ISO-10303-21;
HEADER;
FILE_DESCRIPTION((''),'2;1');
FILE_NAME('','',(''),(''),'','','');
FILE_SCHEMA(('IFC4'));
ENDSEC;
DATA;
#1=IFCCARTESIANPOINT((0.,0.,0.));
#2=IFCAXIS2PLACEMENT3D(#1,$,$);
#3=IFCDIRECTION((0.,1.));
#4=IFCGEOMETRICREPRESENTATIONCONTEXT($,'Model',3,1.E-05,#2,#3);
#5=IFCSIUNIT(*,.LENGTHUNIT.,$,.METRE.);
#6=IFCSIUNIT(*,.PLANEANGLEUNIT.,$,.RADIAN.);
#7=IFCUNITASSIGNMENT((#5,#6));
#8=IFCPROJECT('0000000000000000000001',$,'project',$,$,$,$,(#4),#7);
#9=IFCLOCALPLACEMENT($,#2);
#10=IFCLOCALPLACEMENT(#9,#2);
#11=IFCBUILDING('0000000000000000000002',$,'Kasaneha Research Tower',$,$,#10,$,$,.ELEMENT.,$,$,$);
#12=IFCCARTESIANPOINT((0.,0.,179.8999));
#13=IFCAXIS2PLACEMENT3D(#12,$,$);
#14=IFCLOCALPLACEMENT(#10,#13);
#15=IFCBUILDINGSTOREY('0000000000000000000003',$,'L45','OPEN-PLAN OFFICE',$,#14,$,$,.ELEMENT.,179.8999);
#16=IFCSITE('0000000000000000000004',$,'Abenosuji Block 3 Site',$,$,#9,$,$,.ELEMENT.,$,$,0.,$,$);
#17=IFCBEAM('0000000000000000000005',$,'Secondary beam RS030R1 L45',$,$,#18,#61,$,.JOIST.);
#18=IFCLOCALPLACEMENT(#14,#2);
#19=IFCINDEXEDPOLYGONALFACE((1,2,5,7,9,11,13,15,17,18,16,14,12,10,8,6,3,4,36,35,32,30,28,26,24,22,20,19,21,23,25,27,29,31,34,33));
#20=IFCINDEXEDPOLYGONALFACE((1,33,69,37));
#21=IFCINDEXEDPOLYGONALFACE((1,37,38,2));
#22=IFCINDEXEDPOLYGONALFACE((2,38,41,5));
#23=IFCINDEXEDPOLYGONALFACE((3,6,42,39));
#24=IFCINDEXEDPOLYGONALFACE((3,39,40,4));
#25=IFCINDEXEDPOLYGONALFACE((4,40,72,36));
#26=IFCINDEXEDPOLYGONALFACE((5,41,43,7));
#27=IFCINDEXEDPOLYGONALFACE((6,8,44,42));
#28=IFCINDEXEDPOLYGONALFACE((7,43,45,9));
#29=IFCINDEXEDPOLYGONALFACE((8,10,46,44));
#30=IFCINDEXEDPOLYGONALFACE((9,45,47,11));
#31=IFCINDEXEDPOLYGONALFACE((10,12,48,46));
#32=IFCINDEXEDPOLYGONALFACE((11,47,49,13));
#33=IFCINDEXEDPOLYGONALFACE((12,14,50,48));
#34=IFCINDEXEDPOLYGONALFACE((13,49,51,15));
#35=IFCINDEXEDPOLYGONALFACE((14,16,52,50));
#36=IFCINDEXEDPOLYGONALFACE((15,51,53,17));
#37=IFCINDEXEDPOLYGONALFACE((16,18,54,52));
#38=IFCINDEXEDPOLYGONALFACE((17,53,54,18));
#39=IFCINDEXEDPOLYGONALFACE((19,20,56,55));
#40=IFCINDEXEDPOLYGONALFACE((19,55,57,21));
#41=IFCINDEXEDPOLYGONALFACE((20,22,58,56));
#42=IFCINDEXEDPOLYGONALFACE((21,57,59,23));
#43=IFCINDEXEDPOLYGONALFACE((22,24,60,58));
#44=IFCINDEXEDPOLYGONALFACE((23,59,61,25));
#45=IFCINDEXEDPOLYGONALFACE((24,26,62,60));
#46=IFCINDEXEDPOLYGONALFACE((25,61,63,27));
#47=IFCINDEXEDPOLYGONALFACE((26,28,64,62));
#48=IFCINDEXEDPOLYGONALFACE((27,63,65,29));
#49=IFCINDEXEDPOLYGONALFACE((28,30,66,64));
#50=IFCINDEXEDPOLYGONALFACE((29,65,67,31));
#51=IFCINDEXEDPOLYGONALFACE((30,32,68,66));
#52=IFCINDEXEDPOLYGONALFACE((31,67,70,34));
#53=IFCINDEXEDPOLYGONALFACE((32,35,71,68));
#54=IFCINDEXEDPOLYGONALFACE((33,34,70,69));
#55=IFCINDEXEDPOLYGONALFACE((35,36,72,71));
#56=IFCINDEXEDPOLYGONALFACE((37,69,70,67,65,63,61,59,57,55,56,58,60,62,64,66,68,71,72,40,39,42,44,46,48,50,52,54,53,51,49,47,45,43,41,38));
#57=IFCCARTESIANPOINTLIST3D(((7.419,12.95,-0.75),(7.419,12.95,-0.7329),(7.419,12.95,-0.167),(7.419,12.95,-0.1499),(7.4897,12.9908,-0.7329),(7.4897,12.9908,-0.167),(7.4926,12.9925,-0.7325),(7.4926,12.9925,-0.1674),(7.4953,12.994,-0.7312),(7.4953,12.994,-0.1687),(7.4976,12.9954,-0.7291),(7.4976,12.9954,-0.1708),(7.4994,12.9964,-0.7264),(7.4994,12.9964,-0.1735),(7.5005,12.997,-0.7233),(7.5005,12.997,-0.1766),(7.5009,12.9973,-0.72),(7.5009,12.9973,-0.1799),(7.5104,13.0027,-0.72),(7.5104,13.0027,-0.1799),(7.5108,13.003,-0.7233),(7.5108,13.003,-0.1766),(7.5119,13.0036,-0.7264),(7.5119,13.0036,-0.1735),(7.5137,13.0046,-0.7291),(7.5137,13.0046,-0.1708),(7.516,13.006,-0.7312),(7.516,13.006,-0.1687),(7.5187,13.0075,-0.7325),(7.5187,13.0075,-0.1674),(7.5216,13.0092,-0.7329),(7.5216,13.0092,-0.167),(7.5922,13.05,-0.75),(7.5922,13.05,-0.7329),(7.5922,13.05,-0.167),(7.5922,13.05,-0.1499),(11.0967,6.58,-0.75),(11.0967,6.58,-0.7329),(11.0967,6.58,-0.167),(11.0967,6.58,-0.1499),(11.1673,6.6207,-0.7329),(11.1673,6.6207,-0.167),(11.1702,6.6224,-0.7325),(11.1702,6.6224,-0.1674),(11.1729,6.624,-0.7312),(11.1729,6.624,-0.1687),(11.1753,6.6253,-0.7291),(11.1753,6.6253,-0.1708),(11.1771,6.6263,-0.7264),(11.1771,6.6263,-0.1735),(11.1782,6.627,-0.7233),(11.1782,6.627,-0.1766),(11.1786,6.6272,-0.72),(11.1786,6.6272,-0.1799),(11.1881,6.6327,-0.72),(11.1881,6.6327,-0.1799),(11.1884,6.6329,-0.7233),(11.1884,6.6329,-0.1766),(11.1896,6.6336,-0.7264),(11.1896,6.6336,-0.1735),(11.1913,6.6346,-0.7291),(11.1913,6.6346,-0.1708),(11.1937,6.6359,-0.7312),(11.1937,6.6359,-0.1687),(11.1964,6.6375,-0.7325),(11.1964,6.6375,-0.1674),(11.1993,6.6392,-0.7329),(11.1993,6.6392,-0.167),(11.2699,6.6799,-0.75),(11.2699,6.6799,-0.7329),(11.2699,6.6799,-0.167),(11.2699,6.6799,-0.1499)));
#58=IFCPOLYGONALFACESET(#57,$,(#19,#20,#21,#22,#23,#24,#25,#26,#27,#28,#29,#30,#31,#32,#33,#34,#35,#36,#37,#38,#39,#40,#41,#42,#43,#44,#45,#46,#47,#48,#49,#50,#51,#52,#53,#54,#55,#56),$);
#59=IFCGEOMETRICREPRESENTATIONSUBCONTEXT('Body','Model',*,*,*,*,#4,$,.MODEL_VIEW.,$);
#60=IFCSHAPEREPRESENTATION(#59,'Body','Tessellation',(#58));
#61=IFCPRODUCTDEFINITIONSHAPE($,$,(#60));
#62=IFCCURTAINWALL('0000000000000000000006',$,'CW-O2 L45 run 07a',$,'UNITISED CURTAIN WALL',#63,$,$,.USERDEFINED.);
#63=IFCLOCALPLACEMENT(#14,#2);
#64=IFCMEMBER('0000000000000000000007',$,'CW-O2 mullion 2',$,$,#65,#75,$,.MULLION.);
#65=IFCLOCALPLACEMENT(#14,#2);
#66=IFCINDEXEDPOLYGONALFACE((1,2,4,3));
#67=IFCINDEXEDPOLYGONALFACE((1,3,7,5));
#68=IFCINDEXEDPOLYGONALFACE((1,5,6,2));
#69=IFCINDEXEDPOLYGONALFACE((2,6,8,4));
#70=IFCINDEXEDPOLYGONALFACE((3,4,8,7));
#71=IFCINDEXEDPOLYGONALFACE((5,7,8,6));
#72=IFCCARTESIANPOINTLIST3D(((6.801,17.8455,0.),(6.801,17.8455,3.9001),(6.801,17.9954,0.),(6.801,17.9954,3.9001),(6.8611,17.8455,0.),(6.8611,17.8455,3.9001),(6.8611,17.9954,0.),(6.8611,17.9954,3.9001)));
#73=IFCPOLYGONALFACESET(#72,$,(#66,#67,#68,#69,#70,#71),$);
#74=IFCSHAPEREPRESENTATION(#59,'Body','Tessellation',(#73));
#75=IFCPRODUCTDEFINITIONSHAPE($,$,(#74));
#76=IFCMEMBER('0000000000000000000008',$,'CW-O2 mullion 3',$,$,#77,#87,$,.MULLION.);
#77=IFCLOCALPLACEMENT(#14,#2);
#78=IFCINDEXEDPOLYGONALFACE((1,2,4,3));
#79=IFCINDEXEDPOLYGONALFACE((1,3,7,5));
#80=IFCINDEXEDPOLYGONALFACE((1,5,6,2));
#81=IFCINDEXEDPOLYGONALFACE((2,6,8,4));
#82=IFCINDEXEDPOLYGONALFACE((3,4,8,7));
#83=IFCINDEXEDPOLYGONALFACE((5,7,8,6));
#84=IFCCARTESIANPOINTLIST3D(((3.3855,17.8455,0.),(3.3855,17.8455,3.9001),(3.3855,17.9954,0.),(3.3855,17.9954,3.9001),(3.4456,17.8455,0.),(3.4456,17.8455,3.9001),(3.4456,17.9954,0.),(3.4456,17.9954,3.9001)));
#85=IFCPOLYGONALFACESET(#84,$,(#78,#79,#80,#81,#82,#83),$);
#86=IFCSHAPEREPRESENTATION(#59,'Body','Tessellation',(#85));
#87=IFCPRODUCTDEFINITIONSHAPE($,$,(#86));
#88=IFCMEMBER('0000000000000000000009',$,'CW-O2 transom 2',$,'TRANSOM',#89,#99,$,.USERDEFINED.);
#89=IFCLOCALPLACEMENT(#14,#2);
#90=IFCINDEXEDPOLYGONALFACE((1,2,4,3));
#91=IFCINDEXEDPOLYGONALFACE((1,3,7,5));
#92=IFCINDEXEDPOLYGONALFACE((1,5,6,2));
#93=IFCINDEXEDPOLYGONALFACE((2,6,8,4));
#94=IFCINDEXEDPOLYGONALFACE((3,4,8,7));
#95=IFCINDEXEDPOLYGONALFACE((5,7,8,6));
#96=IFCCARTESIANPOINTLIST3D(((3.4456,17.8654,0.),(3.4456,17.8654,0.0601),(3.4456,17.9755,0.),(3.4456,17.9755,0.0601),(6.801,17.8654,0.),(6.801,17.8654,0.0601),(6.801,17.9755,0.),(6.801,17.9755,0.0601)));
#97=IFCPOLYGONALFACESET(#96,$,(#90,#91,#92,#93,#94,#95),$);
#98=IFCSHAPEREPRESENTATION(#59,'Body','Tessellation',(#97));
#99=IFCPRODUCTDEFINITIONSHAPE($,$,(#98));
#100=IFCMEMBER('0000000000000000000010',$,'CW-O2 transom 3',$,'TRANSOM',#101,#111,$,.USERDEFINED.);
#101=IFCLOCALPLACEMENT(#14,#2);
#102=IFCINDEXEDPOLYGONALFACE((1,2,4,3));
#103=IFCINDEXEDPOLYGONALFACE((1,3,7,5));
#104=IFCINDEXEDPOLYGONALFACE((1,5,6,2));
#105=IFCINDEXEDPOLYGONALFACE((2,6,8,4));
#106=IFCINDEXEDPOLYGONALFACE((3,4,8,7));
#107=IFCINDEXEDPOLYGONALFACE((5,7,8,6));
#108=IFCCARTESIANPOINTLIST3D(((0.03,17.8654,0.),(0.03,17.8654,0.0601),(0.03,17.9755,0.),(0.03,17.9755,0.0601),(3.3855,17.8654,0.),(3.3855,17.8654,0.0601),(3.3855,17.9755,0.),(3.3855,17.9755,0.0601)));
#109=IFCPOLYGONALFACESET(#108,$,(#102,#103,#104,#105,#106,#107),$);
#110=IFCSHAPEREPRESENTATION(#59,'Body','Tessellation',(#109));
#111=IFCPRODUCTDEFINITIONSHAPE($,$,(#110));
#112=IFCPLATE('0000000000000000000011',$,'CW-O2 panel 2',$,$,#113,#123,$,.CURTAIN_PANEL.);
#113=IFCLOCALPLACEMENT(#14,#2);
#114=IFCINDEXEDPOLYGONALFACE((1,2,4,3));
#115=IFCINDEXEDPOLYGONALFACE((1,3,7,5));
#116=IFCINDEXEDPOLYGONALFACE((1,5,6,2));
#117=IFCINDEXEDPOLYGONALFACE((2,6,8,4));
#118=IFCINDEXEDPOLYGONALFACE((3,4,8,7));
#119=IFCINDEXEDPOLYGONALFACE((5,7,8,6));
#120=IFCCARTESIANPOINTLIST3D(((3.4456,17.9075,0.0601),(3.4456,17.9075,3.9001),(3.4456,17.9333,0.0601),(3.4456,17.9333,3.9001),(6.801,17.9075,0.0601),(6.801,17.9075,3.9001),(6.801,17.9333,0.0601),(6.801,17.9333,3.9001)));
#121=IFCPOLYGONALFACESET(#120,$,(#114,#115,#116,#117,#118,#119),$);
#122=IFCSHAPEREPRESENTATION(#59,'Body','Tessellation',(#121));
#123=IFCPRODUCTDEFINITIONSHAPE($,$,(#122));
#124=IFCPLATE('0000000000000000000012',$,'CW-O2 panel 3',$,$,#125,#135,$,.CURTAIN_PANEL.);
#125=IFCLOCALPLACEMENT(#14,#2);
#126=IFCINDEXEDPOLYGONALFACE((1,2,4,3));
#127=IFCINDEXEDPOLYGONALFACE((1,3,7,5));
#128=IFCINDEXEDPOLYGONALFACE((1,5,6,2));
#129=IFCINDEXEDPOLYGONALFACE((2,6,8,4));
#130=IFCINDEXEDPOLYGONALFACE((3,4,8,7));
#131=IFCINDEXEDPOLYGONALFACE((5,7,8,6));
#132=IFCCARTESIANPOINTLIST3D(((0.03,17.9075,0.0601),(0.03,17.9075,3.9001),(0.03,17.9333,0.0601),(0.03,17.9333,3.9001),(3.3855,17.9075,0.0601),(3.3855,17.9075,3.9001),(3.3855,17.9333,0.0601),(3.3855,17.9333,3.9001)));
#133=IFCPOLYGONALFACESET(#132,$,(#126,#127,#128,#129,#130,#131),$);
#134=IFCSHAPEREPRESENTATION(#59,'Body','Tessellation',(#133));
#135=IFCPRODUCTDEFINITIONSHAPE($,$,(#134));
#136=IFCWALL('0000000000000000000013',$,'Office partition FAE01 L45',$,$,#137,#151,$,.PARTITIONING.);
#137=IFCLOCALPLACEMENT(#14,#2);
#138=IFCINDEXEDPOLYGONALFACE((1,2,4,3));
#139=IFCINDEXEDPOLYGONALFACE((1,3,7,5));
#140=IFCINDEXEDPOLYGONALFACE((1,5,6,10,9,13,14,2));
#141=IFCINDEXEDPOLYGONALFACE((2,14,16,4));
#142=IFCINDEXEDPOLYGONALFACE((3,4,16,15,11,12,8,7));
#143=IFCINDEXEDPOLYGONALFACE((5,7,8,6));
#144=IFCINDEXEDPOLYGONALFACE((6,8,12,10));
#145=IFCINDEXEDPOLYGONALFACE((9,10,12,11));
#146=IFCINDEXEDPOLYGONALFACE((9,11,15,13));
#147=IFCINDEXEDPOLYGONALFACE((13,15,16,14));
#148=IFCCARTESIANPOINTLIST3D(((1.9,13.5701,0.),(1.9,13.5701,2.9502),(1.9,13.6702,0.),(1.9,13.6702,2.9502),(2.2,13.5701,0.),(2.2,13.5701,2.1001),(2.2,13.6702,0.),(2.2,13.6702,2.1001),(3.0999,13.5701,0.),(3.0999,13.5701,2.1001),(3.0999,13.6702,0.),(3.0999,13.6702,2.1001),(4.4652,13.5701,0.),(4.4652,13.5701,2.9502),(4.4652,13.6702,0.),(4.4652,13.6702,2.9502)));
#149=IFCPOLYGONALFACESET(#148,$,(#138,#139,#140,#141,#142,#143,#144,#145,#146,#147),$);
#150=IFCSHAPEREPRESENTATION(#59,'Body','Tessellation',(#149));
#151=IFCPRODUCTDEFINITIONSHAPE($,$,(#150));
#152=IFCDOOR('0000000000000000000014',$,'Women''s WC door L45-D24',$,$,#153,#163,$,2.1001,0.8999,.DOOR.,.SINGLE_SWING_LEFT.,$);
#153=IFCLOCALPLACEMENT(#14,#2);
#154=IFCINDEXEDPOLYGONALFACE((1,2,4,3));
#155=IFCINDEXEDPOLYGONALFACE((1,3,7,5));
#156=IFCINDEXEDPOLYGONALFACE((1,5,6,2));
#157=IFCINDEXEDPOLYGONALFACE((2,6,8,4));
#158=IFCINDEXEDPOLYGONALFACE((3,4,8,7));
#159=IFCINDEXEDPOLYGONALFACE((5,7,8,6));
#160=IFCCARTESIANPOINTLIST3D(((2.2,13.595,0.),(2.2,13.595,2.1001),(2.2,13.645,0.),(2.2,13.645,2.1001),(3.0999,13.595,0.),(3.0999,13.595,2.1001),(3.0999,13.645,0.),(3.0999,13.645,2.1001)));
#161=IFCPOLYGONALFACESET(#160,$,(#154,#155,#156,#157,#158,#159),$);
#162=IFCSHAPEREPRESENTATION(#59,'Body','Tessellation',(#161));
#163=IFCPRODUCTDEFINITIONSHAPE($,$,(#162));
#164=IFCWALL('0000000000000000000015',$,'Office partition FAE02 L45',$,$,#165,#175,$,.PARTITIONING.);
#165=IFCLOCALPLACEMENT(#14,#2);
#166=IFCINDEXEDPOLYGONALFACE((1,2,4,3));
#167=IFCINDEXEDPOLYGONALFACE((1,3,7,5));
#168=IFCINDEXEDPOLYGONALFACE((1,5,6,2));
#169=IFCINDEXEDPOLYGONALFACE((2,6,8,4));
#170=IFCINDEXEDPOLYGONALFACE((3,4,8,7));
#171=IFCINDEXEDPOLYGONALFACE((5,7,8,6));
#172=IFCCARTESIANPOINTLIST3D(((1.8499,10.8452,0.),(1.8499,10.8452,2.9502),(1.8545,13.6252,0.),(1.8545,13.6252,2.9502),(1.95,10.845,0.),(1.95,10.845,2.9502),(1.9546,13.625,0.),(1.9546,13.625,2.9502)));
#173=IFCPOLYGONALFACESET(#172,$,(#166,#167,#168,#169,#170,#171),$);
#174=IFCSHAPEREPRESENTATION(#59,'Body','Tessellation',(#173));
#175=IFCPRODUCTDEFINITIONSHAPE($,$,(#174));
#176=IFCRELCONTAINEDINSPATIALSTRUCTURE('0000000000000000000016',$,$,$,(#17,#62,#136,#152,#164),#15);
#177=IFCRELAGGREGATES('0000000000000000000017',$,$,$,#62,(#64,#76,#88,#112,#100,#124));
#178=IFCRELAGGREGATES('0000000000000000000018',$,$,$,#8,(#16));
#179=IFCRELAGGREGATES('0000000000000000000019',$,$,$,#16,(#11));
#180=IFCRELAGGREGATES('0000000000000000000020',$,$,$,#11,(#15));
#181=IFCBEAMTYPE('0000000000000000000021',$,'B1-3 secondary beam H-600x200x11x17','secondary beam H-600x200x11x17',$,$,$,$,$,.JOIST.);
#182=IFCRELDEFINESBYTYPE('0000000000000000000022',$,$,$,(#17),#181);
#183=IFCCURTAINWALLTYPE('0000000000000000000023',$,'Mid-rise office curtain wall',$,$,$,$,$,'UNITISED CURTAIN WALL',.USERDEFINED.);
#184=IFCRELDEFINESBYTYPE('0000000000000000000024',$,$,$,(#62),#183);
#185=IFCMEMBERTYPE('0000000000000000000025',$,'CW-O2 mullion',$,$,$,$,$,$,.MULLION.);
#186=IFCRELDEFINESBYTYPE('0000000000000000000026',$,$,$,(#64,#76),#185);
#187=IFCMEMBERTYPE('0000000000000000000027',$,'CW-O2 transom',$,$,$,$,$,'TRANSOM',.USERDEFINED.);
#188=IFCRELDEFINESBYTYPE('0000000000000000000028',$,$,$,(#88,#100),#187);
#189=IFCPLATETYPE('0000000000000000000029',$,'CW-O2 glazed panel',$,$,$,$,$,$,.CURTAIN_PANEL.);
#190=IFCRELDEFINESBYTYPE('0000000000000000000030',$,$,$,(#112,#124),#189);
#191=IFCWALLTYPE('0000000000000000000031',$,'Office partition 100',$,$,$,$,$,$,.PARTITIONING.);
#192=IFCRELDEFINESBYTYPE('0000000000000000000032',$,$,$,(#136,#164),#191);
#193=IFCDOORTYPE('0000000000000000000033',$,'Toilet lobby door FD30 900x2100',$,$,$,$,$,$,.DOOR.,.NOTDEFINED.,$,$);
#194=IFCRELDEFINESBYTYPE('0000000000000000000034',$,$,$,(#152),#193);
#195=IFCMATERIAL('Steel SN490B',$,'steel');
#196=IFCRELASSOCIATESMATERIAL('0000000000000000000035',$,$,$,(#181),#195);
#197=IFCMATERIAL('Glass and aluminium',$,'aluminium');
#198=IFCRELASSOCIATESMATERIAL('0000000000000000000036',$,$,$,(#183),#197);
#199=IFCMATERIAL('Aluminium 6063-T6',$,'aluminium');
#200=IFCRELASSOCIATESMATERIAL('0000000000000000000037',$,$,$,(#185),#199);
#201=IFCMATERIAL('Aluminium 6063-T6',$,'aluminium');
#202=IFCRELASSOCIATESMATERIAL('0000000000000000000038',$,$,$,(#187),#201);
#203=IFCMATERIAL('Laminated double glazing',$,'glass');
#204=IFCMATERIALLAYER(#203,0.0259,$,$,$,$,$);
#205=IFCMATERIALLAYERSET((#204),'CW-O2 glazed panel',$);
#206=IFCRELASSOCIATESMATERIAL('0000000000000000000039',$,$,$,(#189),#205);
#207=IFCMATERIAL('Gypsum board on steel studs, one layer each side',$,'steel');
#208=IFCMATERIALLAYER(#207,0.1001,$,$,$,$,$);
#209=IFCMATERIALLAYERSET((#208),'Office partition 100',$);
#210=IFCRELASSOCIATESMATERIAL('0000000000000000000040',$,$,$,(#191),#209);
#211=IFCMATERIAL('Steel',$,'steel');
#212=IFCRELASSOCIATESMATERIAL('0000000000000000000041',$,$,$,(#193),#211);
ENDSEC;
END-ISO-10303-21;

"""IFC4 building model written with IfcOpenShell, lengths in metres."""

from ifc_helpers import new_model, si_unit, direction, frame, frame_2d, origin, origin_2d, place, context, subcontext, project, spatial, rectangle, i_section, extrude, material, layer, layer_set, material_profile, profile_set, type_object, element, fill, aggregate, save


model = new_model("IFC4")

# Units and contexts
model_context = context("Model", 3, precision=1e-05, world=origin(), true_north=direction((0.0, 1.0)))
body_context = subcontext(model_context, "Body", "Model", "MODEL_VIEW")
ifc_project = project(units=[si_unit("LENGTHUNIT", "METRE"), si_unit("PLANEANGLEUNIT", "RADIAN")], contexts=[model_context])

# Site, building, storey
site_placement = place(None, origin())
site = spatial("IfcSite", under=ifc_project, at=site_placement, Name="Abenosuji Block 3 Site", CompositionType="ELEMENT", RefElevation=0.0)
building_placement = place(site_placement, origin())
building = spatial("IfcBuilding", under=site, at=building_placement, Name="Kasaneha Research Tower", CompositionType="ELEMENT")
storey_placement = place(building_placement, frame((0.0, 0.0, 179.8999)))
storey = spatial("IfcBuildingStorey", under=building, at=storey_placement, Name="L45", Description="OPEN-PLAN OFFICE", CompositionType="ELEMENT", Elevation=179.8999)

# Beam
ifc_material_1 = material(Name="Steel SN490B", Category="steel")
ifc_material_profile_1 = material_profile(ifc_material_1, i_section(OverallWidth=0.2, OverallDepth=0.6001, WebThickness=0.011, FlangeThickness=0.0171, FilletRadius=0.0129, at=origin_2d()), Name="H-600x200x11x17")
ifc_profile_set_1 = profile_set([ifc_material_profile_1], Name="Steel SN490B")
beam_type = type_object("IfcBeamType", Name="B1-3 secondary beam H-600x200x11x17", Description="secondary beam H-600x200x11x17", PredefinedType="JOIST", material=ifc_profile_set_1)
beam_placement = place(storey_placement, frame((7.5056, 13.0, -0.45), z_axis=(0.499994, -0.866029, 0.0), x_axis=(0.866029, 0.499994, 0.0)))
element("IfcBeam", 1, at=beam_placement, inside=storey, type_object=beam_type, Name="Secondary beam RS030R1 L45", PredefinedType="JOIST", context=body_context, shape_type="SweptSolid", body=[
    extrude(i_section(OverallWidth=0.2, OverallDepth=0.6001, WebThickness=0.011, FlangeThickness=0.0171, FilletRadius=0.0129, at=origin_2d()), origin(), (0.0, 0.0, 1.0), 7.3555),
])

# Curtain wall, members, plates
ifc_material_2 = material(Name="Glass and aluminium", Category="aluminium")
curtain_wall_type = type_object("IfcCurtainWallType", Name="Mid-rise office curtain wall", ElementType="UNITISED CURTAIN WALL", PredefinedType="USERDEFINED", material=ifc_material_2)
curtain_wall_placement = place(storey_placement, origin())
curtain_wall = element("IfcCurtainWall", 2, at=curtain_wall_placement, inside=storey, type_object=curtain_wall_type, Name="CW-O2 L45 run 07a", ObjectType="UNITISED CURTAIN WALL", PredefinedType="USERDEFINED")
ifc_material_3 = material(Name="Aluminium 6063-T6", Category="aluminium")
ifc_material_profile_2 = material_profile(ifc_material_3, rectangle(XDim=0.0601, YDim=0.1499, at=origin_2d()), Name="CW-O2 mullion 60x150")
ifc_profile_set_2 = profile_set([ifc_material_profile_2], Name="Aluminium 6063-T6")
member_type_1 = type_object("IfcMemberType", Name="CW-O2 mullion", PredefinedType="MULLION", material=ifc_profile_set_2)
member_1_placement = place(storey_placement, frame((6.8311, 17.9204, 0.0), z_axis=(0.0, 0.0, 1.0), x_axis=(-1.0, 0.0, 0.0)))
member_1 = element("IfcMember", 3, at=member_1_placement, type_object=member_type_1, Name="CW-O2 mullion 2", PredefinedType="MULLION", context=body_context, shape_type="SweptSolid", body=[
    extrude(rectangle(XDim=0.0601, YDim=0.1499, at=origin_2d()), origin(), (0.0, 0.0, 1.0), 3.9001),
])
member_2_placement = place(storey_placement, frame((3.4155, 17.9204, 0.0), z_axis=(0.0, 0.0, 1.0), x_axis=(-1.0, 0.0, 0.0)))
member_2 = element("IfcMember", 4, at=member_2_placement, type_object=member_type_1, Name="CW-O2 mullion 3", PredefinedType="MULLION", context=body_context, shape_type="SweptSolid", body=[
    extrude(rectangle(XDim=0.0601, YDim=0.1499, at=origin_2d()), origin(), (0.0, 0.0, 1.0), 3.9001),
])
ifc_material_4 = material(Name="Aluminium 6063-T6", Category="aluminium")
ifc_material_profile_3 = material_profile(ifc_material_4, rectangle(XDim=0.1101, YDim=0.0601, at=origin_2d()), Name="CW-O2 transom 110x60")
ifc_profile_set_3 = profile_set([ifc_material_profile_3], Name="Aluminium 6063-T6")
member_type_2 = type_object("IfcMemberType", Name="CW-O2 transom", ElementType="TRANSOM", PredefinedType="USERDEFINED", material=ifc_profile_set_3)
member_3_placement = place(storey_placement, frame((6.801, 17.9204, 0.03), z_axis=(-1.0, 0.0, 0.0), x_axis=(0.0, -1.0, 0.0)))
member_3 = element("IfcMember", 5, at=member_3_placement, type_object=member_type_2, Name="CW-O2 transom 2", ObjectType="TRANSOM", PredefinedType="USERDEFINED", context=body_context, shape_type="SweptSolid", body=[
    extrude(rectangle(XDim=0.1101, YDim=0.0601, at=origin_2d()), origin(), (0.0, 0.0, 1.0), 3.3555),
])
member_4_placement = place(storey_placement, frame((3.3855, 17.9204, 0.03), z_axis=(-1.0, 0.0, 0.0), x_axis=(0.0, -1.0, 0.0)))
member_4 = element("IfcMember", 6, at=member_4_placement, type_object=member_type_2, Name="CW-O2 transom 3", ObjectType="TRANSOM", PredefinedType="USERDEFINED", context=body_context, shape_type="SweptSolid", body=[
    extrude(rectangle(XDim=0.1101, YDim=0.0601, at=origin_2d()), origin(), (0.0, 0.0, 1.0), 3.3555),
])
ifc_material_5 = material(Name="Laminated double glazing", Category="glass")
ifc_layer_1 = layer(ifc_material_5, 0.0259)
ifc_layer_set_1 = layer_set([ifc_layer_1], Name="CW-O2 glazed panel")
plate_type = type_object("IfcPlateType", Name="CW-O2 glazed panel", PredefinedType="CURTAIN_PANEL", material=ifc_layer_set_1)
plate_1_placement = place(storey_placement, frame((5.1233, 17.9204, 0.0601), z_axis=(0.0, 0.0, 1.0), x_axis=(-1.0, 0.0, 0.0)))
plate_1 = element("IfcPlate", 7, at=plate_1_placement, type_object=plate_type, Name="CW-O2 panel 2", PredefinedType="CURTAIN_PANEL", context=body_context, shape_type="SweptSolid", body=[
    extrude(rectangle(XDim=3.3555, YDim=0.0259, at=origin_2d()), origin(), (0.0, 0.0, 1.0), 3.8401),
])
plate_2_placement = place(storey_placement, frame((1.7078, 17.9204, 0.0601), z_axis=(0.0, 0.0, 1.0), x_axis=(-1.0, 0.0, 0.0)))
plate_2 = element("IfcPlate", 8, at=plate_2_placement, type_object=plate_type, Name="CW-O2 panel 3", PredefinedType="CURTAIN_PANEL", context=body_context, shape_type="SweptSolid", body=[
    extrude(rectangle(XDim=3.3555, YDim=0.0259, at=origin_2d()), origin(), (0.0, 0.0, 1.0), 3.8401),
])
aggregate(curtain_wall, [member_1, member_2, member_3, plate_1, member_4, plate_2])

# Wall, opening, door
ifc_material_6 = material(Name="Gypsum board on steel studs, one layer each side", Category="steel")
ifc_layer_2 = layer(ifc_material_6, 0.1001)
ifc_layer_set_2 = layer_set([ifc_layer_2], Name="Office partition 100")
wall_type_1 = type_object("IfcWallType", Name="Office partition 100", PredefinedType="PARTITIONING", material=ifc_layer_set_2)
wall_1_placement = place(storey_placement, frame((1.8999, 13.6201, 0.0), z_axis=(0.0, 0.0, 1.0), x_axis=(1.0, 0.0, 0.0)))
wall_1 = element("IfcWall", 9, at=wall_1_placement, inside=storey, type_object=wall_type_1, Name="Office partition FAE01 L45", PredefinedType="PARTITIONING", context=body_context, shape_type="SweptSolid", body=[
    extrude(rectangle(XDim=2.5652, YDim=0.1001, at=frame_2d((1.2827, 0.0))), origin(), (0.0, 0.0, 1.0), 2.9502),
])
opening_1_placement = place(wall_1_placement, frame((0.3, 0.0, 0.0)))
opening_1 = element("IfcOpeningElement", 10, at=opening_1_placement, cuts=wall_1, PredefinedType="OPENING", context=body_context, shape_type="SweptSolid", body=[
    extrude(rectangle(XDim=0.8999, YDim=2.1001, at=frame_2d((0.45, 1.05))), frame((0.0, 0.0601, 0.0), z_axis=(0.0, -1.0, 0.0), x_axis=(1.0, 0.0, 0.0)), (0.0, 0.0, 1.0), 0.1201),
])
ifc_material_7 = material(Name="Steel", Category="steel")
door_type = type_object("IfcDoorType", Name="Toilet lobby door FD30 900x2100", OperationType="NOTDEFINED", PredefinedType="DOOR", material=ifc_material_7)
door_1_placement = place(opening_1_placement, origin())
door_1 = element("IfcDoor", 11, at=door_1_placement, inside=storey, type_object=door_type, Name="Women's WC door L45-D24", OperationType="SINGLE_SWING_LEFT", OverallHeight=2.1001, OverallWidth=0.8999, PredefinedType="DOOR", context=body_context, shape_type="SweptSolid", body=[
    extrude(rectangle(XDim=0.8999, YDim=2.1001, at=frame_2d((0.45, 1.05))), frame((0.0, 0.0249, 0.0), z_axis=(0.0, -1.0, 0.0), x_axis=(1.0, 0.0, 0.0)), (0.0, 0.0, 1.0), 0.05),
])
fill(opening_1, door_1)

# Wall
for number, where, z_axis, x_axis, name in (
    (12, (1.8999, 10.845, 0.0), (0.0, 0.0, 1.0), (0.001669, 0.999999, 0.0), "Office partition FAE02 L45"),
):
    element("IfcWall", number, at=place(storey_placement, frame(where, z_axis=z_axis, x_axis=x_axis)), inside=storey, type_object=wall_type_1, Name=name, PredefinedType="PARTITIONING", context=body_context, shape_type="SweptSolid", body=[
        extrude(rectangle(XDim=2.78, YDim=0.1001, at=frame_2d((1.3901, 0.0))), origin(), (0.0, 0.0, 1.0), 2.9502),
    ])

save(model, "model.ifc")
